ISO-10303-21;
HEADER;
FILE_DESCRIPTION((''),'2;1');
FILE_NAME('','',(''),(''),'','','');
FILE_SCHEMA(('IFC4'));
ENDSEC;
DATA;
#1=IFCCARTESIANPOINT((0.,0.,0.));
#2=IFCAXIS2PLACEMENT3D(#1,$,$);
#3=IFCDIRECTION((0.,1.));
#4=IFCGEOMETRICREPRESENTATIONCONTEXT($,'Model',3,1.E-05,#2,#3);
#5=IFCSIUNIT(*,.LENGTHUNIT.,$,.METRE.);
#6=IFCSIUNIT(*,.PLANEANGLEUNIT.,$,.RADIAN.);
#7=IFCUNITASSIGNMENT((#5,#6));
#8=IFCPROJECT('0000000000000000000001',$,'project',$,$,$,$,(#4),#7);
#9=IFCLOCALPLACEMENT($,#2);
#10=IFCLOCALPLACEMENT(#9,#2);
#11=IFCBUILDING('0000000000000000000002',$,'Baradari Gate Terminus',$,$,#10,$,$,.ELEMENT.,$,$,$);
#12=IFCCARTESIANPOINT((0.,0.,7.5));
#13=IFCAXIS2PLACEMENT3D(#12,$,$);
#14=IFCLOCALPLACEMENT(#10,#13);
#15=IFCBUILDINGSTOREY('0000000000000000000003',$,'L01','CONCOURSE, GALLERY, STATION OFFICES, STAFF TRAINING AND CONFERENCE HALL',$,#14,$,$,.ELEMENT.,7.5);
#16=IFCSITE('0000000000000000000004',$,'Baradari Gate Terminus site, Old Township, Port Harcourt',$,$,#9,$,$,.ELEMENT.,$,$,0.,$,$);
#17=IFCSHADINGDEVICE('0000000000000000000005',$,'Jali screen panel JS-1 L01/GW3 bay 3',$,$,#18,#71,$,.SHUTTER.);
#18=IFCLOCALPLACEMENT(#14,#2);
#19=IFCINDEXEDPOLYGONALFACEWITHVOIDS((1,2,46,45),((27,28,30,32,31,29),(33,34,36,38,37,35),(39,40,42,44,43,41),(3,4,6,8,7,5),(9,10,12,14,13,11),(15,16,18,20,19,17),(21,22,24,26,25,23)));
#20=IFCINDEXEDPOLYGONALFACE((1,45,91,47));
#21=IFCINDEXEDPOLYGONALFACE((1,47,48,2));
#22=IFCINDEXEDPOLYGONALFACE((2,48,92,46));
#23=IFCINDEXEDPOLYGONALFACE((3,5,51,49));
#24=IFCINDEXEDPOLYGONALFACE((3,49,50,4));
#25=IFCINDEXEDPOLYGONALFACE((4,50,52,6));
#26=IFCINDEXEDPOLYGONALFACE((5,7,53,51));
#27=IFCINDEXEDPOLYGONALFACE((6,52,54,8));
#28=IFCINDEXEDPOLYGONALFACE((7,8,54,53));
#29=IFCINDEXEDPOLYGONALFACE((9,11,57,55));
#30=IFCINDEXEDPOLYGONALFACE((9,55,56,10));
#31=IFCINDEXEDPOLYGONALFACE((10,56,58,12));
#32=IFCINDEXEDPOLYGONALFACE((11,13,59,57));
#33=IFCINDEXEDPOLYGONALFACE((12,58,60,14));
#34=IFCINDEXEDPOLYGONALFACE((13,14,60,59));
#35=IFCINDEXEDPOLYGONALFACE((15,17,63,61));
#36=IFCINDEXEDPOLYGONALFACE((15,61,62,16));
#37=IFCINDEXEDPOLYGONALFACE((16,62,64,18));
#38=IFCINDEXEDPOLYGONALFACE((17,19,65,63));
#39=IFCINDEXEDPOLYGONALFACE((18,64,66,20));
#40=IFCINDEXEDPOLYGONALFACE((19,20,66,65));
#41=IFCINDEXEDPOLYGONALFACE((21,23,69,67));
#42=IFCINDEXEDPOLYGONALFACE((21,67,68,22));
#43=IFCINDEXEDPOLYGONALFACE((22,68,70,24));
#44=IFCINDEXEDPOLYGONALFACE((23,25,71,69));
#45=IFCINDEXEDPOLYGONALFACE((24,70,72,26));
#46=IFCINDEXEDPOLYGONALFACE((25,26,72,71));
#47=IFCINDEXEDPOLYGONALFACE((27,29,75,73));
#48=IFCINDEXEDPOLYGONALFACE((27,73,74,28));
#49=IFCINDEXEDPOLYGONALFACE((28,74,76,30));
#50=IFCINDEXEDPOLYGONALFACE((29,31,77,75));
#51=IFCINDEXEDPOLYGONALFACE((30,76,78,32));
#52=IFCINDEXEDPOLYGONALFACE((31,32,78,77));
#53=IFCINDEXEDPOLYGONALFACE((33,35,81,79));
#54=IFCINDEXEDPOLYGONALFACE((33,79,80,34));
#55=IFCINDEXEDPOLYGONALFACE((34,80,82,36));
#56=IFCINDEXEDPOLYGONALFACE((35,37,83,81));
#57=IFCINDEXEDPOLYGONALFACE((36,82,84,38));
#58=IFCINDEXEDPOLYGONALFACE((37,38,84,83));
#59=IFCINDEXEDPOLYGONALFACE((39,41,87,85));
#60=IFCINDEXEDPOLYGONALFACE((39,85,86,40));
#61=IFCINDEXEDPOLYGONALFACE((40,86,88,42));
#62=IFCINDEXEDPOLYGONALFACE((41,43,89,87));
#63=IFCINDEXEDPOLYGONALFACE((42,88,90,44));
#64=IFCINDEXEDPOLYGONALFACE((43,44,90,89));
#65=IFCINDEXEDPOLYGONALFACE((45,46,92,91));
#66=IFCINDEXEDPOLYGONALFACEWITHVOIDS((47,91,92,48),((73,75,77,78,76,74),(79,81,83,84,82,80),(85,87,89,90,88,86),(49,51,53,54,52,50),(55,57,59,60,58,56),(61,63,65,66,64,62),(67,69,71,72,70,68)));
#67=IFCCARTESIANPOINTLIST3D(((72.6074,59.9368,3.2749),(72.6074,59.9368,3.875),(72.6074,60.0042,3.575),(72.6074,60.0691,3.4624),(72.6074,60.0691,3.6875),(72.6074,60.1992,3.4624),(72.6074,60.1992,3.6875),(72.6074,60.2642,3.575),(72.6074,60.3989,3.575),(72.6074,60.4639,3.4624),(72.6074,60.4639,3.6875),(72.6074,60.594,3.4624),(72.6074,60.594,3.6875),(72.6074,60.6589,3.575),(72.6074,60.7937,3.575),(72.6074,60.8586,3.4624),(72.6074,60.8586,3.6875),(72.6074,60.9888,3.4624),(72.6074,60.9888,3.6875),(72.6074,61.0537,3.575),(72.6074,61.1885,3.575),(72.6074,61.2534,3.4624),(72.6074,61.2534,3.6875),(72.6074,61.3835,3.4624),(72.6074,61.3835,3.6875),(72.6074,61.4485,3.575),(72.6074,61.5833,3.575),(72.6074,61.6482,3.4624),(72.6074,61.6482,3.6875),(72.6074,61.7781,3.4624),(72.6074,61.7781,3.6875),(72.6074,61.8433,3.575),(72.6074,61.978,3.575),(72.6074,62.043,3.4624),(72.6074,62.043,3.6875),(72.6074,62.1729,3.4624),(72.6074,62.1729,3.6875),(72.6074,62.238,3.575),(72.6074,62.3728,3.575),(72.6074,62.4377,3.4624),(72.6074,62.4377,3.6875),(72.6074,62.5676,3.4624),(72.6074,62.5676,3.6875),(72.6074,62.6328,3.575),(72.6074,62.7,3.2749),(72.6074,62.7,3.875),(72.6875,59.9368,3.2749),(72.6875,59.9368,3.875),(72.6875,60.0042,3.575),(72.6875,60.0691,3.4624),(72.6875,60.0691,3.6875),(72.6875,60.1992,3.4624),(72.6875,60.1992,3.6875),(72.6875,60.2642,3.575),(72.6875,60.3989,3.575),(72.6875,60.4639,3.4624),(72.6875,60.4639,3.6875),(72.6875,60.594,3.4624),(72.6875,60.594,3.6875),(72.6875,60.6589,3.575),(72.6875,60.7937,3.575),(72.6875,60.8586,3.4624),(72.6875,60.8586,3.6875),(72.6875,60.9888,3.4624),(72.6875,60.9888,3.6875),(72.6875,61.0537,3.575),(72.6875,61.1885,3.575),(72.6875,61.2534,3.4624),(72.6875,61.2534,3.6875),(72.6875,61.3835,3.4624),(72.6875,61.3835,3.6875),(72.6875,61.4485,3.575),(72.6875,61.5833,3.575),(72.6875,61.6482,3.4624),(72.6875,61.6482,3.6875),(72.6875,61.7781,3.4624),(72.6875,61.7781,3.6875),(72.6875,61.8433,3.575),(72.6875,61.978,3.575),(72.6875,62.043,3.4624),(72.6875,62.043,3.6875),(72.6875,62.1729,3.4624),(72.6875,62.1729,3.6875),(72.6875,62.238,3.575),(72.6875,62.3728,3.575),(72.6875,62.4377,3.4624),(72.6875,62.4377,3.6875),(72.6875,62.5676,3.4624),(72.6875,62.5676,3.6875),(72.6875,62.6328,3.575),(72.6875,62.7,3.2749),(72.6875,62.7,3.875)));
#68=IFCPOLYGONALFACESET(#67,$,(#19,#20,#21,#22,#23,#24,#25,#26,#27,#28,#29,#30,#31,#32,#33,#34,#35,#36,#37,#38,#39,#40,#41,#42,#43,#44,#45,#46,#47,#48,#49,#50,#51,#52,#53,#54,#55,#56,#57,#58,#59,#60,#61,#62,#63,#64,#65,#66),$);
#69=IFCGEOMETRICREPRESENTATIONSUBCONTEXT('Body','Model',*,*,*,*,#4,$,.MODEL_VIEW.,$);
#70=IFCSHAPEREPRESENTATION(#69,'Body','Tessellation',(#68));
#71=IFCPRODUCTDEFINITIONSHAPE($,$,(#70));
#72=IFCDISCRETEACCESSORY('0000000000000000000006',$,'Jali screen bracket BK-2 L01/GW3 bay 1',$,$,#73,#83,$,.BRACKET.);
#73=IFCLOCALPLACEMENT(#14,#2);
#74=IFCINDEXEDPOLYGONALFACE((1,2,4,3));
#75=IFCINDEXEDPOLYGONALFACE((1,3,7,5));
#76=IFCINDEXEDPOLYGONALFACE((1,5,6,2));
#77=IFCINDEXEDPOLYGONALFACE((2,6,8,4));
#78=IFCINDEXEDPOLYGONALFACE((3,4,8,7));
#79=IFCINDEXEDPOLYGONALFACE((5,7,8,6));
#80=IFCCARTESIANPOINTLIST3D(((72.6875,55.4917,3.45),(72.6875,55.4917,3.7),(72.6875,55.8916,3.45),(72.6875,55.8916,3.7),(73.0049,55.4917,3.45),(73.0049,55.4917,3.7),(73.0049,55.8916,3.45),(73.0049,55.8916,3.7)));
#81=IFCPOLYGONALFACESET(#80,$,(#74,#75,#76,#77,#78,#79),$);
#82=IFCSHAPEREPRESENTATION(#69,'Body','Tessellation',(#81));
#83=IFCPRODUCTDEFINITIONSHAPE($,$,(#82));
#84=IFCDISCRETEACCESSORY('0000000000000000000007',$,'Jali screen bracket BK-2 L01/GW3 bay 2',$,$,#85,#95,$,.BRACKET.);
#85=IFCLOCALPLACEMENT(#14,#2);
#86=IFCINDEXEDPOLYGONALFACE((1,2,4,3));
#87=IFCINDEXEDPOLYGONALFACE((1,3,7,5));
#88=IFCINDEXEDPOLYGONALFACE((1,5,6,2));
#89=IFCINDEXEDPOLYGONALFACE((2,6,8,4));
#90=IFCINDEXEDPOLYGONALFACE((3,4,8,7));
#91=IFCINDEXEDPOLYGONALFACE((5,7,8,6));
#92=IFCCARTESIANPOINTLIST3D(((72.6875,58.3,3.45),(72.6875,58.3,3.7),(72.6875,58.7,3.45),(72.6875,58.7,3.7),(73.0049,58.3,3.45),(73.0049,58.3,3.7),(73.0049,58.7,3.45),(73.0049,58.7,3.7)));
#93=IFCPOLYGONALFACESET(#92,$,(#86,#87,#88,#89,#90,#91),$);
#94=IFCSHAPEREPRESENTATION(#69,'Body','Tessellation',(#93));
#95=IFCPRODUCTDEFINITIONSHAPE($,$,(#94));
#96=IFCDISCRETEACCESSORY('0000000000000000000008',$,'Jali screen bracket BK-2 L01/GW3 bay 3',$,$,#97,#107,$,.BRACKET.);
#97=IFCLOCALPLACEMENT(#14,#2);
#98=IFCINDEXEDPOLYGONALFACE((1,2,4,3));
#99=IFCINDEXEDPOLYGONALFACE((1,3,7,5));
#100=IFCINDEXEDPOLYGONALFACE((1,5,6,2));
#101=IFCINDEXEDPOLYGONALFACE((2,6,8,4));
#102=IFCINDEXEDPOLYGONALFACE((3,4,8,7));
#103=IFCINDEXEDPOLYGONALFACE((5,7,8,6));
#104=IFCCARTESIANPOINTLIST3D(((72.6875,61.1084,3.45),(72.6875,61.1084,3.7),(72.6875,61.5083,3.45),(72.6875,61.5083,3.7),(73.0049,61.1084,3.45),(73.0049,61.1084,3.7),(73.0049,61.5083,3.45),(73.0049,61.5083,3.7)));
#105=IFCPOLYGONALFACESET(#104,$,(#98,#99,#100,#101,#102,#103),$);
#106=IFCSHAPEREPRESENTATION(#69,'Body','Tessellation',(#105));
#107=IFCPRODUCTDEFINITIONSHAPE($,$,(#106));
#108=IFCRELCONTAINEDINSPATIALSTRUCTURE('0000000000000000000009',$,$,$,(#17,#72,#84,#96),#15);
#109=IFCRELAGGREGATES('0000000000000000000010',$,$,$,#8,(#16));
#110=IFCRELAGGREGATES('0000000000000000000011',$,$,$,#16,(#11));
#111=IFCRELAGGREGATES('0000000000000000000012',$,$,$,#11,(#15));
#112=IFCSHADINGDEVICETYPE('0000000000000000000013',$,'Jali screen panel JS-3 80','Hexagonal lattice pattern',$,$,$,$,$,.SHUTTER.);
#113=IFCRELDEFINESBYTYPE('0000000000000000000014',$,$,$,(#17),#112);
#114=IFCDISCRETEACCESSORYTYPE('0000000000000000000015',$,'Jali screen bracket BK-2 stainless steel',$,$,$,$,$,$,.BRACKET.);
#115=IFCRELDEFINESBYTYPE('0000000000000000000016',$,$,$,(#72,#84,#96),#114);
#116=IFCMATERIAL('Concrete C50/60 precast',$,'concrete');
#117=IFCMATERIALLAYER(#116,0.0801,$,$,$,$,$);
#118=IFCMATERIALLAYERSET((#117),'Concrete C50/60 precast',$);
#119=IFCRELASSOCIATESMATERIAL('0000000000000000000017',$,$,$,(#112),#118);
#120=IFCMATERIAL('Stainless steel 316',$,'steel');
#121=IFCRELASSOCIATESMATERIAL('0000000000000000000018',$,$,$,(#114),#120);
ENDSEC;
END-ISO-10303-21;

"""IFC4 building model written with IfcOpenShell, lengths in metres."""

from ifc_helpers import new_model, si_unit, direction, frame, origin, origin_2d, place, context, subcontext, project, spatial, polyline, rectangle, outline, extrude, material, layer, layer_set, type_object, element, save


model = new_model("IFC4")

# Units and contexts
model_context = context("Model", 3, precision=1e-05, world=origin(), true_north=direction((0.0, 1.0)))
body_context = subcontext(model_context, "Body", "Model", "MODEL_VIEW")
ifc_project = project(units=[si_unit("LENGTHUNIT", "METRE"), si_unit("PLANEANGLEUNIT", "RADIAN")], contexts=[model_context])

# Site, building, storey
site_placement = place(None, origin())
site = spatial("IfcSite", under=ifc_project, at=site_placement, Name="Baradari Gate Terminus site, Old Township, Port Harcourt", CompositionType="ELEMENT", RefElevation=0.0)
building_placement = place(site_placement, origin())
building = spatial("IfcBuilding", under=site, at=building_placement, Name="Baradari Gate Terminus", CompositionType="ELEMENT")
storey_placement = place(building_placement, frame((0.0, 0.0, 7.5)))
storey = spatial("IfcBuildingStorey", under=building, at=storey_placement, Name="L01", Description="CONCOURSE, GALLERY, STATION OFFICES, STAFF TRAINING AND CONFERENCE HALL", CompositionType="ELEMENT", Elevation=7.5)

# Shading device
ifc_material_1 = material(Name="Concrete C50/60 precast", Category="concrete")
ifc_layer_1 = layer(ifc_material_1, 0.0801)
ifc_layer_set_1 = layer_set([ifc_layer_1], Name="Concrete C50/60 precast")
shading_device_type = type_object("IfcShadingDeviceType", Name="Jali screen panel JS-3 80", Description="Hexagonal lattice pattern", PredefinedType="SHUTTER", material=ifc_layer_set_1)
shading_device_1_placement = place(storey_placement, frame((72.6475, 59.9368, 3.2749), z_axis=(0.0, 0.0, 1.0), x_axis=(0.0, 1.0, 0.0)))
element("IfcShadingDevice", 1, at=shading_device_1_placement, inside=storey, type_object=shading_device_type, Name="Jali screen panel JS-1 L01/GW3 bay 3", PredefinedType="SHUTTER", context=body_context, shape_type="SweptSolid", body=[
    extrude(outline(polyline([(0.0, 0.0), (2.7632, 0.0), (2.7632, 0.6001), (0.0, 0.6001), (0.0, 0.0)]), holes=[polyline([(0.3274, 0.3), (0.2625, 0.1875), (0.1323, 0.1875), (0.0674, 0.3), (0.1323, 0.4126), (0.2625, 0.4126), (0.3274, 0.3)]), polyline([(0.7222, 0.3), (0.6572, 0.1875), (0.5271, 0.1875), (0.4622, 0.3), (0.5271, 0.4126), (0.6572, 0.4126), (0.7222, 0.3)]), polyline([(1.1169, 0.3), (1.052, 0.1875), (0.9219, 0.1875), (0.8569, 0.3), (0.9219, 0.4126), (1.052, 0.4126), (1.1169, 0.3)]), polyline([(1.5117, 0.3), (1.4468, 0.1875), (1.3167, 0.1875), (1.2517, 0.3), (1.3167, 0.4126), (1.4468, 0.4126), (1.5117, 0.3)]), polyline([(1.9065, 0.3), (1.8413, 0.1875), (1.7114, 0.1875), (1.6465, 0.3), (1.7114, 0.4126), (1.8413, 0.4126), (1.9065, 0.3)]), polyline([(2.3013, 0.3), (2.2361, 0.1875), (2.1062, 0.1875), (2.0413, 0.3), (2.1062, 0.4126), (2.2361, 0.4126), (2.3013, 0.3)]), polyline([(2.696, 0.3), (2.6309, 0.1875), (2.501, 0.1875), (2.436, 0.3), (2.501, 0.4126), (2.6309, 0.4126), (2.696, 0.3)])]), frame((0.0, 0.04, 0.0), z_axis=(0.0, -1.0, 0.0), x_axis=(1.0, 0.0, 0.0)), (0.0, 0.0, 1.0), 0.0801),
])

# Discrete accessories
ifc_material_2 = material(Name="Stainless steel 316", Category="steel")
discrete_accessory_type = type_object("IfcDiscreteAccessoryType", Name="Jali screen bracket BK-2 stainless steel", PredefinedType="BRACKET", material=ifc_material_2)
for number, where, z_axis, x_axis, name in (
    (2, (72.8462, 55.6917, 3.45), (0.0, 0.0, 1.0), (-1.0, 0.0, 0.0), "Jali screen bracket BK-2 L01/GW3 bay 1"),
    (3, (72.8462, 58.5, 3.45), (0.0, 0.0, 1.0), (-1.0, 0.0, 0.0), "Jali screen bracket BK-2 L01/GW3 bay 2"),
    (4, (72.8462, 61.3083, 3.45), (0.0, 0.0, 1.0), (-1.0, 0.0, 0.0), "Jali screen bracket BK-2 L01/GW3 bay 3"),
):
    element("IfcDiscreteAccessory", number, at=place(storey_placement, frame(where, z_axis=z_axis, x_axis=x_axis)), inside=storey, type_object=discrete_accessory_type, Name=name, PredefinedType="BRACKET", context=body_context, shape_type="SweptSolid", body=[
        extrude(rectangle(XDim=0.3174, YDim=0.3999, at=origin_2d()), origin(), (0.0, 0.0, 1.0), 0.25),
    ])

save(model, "model.ifc")
